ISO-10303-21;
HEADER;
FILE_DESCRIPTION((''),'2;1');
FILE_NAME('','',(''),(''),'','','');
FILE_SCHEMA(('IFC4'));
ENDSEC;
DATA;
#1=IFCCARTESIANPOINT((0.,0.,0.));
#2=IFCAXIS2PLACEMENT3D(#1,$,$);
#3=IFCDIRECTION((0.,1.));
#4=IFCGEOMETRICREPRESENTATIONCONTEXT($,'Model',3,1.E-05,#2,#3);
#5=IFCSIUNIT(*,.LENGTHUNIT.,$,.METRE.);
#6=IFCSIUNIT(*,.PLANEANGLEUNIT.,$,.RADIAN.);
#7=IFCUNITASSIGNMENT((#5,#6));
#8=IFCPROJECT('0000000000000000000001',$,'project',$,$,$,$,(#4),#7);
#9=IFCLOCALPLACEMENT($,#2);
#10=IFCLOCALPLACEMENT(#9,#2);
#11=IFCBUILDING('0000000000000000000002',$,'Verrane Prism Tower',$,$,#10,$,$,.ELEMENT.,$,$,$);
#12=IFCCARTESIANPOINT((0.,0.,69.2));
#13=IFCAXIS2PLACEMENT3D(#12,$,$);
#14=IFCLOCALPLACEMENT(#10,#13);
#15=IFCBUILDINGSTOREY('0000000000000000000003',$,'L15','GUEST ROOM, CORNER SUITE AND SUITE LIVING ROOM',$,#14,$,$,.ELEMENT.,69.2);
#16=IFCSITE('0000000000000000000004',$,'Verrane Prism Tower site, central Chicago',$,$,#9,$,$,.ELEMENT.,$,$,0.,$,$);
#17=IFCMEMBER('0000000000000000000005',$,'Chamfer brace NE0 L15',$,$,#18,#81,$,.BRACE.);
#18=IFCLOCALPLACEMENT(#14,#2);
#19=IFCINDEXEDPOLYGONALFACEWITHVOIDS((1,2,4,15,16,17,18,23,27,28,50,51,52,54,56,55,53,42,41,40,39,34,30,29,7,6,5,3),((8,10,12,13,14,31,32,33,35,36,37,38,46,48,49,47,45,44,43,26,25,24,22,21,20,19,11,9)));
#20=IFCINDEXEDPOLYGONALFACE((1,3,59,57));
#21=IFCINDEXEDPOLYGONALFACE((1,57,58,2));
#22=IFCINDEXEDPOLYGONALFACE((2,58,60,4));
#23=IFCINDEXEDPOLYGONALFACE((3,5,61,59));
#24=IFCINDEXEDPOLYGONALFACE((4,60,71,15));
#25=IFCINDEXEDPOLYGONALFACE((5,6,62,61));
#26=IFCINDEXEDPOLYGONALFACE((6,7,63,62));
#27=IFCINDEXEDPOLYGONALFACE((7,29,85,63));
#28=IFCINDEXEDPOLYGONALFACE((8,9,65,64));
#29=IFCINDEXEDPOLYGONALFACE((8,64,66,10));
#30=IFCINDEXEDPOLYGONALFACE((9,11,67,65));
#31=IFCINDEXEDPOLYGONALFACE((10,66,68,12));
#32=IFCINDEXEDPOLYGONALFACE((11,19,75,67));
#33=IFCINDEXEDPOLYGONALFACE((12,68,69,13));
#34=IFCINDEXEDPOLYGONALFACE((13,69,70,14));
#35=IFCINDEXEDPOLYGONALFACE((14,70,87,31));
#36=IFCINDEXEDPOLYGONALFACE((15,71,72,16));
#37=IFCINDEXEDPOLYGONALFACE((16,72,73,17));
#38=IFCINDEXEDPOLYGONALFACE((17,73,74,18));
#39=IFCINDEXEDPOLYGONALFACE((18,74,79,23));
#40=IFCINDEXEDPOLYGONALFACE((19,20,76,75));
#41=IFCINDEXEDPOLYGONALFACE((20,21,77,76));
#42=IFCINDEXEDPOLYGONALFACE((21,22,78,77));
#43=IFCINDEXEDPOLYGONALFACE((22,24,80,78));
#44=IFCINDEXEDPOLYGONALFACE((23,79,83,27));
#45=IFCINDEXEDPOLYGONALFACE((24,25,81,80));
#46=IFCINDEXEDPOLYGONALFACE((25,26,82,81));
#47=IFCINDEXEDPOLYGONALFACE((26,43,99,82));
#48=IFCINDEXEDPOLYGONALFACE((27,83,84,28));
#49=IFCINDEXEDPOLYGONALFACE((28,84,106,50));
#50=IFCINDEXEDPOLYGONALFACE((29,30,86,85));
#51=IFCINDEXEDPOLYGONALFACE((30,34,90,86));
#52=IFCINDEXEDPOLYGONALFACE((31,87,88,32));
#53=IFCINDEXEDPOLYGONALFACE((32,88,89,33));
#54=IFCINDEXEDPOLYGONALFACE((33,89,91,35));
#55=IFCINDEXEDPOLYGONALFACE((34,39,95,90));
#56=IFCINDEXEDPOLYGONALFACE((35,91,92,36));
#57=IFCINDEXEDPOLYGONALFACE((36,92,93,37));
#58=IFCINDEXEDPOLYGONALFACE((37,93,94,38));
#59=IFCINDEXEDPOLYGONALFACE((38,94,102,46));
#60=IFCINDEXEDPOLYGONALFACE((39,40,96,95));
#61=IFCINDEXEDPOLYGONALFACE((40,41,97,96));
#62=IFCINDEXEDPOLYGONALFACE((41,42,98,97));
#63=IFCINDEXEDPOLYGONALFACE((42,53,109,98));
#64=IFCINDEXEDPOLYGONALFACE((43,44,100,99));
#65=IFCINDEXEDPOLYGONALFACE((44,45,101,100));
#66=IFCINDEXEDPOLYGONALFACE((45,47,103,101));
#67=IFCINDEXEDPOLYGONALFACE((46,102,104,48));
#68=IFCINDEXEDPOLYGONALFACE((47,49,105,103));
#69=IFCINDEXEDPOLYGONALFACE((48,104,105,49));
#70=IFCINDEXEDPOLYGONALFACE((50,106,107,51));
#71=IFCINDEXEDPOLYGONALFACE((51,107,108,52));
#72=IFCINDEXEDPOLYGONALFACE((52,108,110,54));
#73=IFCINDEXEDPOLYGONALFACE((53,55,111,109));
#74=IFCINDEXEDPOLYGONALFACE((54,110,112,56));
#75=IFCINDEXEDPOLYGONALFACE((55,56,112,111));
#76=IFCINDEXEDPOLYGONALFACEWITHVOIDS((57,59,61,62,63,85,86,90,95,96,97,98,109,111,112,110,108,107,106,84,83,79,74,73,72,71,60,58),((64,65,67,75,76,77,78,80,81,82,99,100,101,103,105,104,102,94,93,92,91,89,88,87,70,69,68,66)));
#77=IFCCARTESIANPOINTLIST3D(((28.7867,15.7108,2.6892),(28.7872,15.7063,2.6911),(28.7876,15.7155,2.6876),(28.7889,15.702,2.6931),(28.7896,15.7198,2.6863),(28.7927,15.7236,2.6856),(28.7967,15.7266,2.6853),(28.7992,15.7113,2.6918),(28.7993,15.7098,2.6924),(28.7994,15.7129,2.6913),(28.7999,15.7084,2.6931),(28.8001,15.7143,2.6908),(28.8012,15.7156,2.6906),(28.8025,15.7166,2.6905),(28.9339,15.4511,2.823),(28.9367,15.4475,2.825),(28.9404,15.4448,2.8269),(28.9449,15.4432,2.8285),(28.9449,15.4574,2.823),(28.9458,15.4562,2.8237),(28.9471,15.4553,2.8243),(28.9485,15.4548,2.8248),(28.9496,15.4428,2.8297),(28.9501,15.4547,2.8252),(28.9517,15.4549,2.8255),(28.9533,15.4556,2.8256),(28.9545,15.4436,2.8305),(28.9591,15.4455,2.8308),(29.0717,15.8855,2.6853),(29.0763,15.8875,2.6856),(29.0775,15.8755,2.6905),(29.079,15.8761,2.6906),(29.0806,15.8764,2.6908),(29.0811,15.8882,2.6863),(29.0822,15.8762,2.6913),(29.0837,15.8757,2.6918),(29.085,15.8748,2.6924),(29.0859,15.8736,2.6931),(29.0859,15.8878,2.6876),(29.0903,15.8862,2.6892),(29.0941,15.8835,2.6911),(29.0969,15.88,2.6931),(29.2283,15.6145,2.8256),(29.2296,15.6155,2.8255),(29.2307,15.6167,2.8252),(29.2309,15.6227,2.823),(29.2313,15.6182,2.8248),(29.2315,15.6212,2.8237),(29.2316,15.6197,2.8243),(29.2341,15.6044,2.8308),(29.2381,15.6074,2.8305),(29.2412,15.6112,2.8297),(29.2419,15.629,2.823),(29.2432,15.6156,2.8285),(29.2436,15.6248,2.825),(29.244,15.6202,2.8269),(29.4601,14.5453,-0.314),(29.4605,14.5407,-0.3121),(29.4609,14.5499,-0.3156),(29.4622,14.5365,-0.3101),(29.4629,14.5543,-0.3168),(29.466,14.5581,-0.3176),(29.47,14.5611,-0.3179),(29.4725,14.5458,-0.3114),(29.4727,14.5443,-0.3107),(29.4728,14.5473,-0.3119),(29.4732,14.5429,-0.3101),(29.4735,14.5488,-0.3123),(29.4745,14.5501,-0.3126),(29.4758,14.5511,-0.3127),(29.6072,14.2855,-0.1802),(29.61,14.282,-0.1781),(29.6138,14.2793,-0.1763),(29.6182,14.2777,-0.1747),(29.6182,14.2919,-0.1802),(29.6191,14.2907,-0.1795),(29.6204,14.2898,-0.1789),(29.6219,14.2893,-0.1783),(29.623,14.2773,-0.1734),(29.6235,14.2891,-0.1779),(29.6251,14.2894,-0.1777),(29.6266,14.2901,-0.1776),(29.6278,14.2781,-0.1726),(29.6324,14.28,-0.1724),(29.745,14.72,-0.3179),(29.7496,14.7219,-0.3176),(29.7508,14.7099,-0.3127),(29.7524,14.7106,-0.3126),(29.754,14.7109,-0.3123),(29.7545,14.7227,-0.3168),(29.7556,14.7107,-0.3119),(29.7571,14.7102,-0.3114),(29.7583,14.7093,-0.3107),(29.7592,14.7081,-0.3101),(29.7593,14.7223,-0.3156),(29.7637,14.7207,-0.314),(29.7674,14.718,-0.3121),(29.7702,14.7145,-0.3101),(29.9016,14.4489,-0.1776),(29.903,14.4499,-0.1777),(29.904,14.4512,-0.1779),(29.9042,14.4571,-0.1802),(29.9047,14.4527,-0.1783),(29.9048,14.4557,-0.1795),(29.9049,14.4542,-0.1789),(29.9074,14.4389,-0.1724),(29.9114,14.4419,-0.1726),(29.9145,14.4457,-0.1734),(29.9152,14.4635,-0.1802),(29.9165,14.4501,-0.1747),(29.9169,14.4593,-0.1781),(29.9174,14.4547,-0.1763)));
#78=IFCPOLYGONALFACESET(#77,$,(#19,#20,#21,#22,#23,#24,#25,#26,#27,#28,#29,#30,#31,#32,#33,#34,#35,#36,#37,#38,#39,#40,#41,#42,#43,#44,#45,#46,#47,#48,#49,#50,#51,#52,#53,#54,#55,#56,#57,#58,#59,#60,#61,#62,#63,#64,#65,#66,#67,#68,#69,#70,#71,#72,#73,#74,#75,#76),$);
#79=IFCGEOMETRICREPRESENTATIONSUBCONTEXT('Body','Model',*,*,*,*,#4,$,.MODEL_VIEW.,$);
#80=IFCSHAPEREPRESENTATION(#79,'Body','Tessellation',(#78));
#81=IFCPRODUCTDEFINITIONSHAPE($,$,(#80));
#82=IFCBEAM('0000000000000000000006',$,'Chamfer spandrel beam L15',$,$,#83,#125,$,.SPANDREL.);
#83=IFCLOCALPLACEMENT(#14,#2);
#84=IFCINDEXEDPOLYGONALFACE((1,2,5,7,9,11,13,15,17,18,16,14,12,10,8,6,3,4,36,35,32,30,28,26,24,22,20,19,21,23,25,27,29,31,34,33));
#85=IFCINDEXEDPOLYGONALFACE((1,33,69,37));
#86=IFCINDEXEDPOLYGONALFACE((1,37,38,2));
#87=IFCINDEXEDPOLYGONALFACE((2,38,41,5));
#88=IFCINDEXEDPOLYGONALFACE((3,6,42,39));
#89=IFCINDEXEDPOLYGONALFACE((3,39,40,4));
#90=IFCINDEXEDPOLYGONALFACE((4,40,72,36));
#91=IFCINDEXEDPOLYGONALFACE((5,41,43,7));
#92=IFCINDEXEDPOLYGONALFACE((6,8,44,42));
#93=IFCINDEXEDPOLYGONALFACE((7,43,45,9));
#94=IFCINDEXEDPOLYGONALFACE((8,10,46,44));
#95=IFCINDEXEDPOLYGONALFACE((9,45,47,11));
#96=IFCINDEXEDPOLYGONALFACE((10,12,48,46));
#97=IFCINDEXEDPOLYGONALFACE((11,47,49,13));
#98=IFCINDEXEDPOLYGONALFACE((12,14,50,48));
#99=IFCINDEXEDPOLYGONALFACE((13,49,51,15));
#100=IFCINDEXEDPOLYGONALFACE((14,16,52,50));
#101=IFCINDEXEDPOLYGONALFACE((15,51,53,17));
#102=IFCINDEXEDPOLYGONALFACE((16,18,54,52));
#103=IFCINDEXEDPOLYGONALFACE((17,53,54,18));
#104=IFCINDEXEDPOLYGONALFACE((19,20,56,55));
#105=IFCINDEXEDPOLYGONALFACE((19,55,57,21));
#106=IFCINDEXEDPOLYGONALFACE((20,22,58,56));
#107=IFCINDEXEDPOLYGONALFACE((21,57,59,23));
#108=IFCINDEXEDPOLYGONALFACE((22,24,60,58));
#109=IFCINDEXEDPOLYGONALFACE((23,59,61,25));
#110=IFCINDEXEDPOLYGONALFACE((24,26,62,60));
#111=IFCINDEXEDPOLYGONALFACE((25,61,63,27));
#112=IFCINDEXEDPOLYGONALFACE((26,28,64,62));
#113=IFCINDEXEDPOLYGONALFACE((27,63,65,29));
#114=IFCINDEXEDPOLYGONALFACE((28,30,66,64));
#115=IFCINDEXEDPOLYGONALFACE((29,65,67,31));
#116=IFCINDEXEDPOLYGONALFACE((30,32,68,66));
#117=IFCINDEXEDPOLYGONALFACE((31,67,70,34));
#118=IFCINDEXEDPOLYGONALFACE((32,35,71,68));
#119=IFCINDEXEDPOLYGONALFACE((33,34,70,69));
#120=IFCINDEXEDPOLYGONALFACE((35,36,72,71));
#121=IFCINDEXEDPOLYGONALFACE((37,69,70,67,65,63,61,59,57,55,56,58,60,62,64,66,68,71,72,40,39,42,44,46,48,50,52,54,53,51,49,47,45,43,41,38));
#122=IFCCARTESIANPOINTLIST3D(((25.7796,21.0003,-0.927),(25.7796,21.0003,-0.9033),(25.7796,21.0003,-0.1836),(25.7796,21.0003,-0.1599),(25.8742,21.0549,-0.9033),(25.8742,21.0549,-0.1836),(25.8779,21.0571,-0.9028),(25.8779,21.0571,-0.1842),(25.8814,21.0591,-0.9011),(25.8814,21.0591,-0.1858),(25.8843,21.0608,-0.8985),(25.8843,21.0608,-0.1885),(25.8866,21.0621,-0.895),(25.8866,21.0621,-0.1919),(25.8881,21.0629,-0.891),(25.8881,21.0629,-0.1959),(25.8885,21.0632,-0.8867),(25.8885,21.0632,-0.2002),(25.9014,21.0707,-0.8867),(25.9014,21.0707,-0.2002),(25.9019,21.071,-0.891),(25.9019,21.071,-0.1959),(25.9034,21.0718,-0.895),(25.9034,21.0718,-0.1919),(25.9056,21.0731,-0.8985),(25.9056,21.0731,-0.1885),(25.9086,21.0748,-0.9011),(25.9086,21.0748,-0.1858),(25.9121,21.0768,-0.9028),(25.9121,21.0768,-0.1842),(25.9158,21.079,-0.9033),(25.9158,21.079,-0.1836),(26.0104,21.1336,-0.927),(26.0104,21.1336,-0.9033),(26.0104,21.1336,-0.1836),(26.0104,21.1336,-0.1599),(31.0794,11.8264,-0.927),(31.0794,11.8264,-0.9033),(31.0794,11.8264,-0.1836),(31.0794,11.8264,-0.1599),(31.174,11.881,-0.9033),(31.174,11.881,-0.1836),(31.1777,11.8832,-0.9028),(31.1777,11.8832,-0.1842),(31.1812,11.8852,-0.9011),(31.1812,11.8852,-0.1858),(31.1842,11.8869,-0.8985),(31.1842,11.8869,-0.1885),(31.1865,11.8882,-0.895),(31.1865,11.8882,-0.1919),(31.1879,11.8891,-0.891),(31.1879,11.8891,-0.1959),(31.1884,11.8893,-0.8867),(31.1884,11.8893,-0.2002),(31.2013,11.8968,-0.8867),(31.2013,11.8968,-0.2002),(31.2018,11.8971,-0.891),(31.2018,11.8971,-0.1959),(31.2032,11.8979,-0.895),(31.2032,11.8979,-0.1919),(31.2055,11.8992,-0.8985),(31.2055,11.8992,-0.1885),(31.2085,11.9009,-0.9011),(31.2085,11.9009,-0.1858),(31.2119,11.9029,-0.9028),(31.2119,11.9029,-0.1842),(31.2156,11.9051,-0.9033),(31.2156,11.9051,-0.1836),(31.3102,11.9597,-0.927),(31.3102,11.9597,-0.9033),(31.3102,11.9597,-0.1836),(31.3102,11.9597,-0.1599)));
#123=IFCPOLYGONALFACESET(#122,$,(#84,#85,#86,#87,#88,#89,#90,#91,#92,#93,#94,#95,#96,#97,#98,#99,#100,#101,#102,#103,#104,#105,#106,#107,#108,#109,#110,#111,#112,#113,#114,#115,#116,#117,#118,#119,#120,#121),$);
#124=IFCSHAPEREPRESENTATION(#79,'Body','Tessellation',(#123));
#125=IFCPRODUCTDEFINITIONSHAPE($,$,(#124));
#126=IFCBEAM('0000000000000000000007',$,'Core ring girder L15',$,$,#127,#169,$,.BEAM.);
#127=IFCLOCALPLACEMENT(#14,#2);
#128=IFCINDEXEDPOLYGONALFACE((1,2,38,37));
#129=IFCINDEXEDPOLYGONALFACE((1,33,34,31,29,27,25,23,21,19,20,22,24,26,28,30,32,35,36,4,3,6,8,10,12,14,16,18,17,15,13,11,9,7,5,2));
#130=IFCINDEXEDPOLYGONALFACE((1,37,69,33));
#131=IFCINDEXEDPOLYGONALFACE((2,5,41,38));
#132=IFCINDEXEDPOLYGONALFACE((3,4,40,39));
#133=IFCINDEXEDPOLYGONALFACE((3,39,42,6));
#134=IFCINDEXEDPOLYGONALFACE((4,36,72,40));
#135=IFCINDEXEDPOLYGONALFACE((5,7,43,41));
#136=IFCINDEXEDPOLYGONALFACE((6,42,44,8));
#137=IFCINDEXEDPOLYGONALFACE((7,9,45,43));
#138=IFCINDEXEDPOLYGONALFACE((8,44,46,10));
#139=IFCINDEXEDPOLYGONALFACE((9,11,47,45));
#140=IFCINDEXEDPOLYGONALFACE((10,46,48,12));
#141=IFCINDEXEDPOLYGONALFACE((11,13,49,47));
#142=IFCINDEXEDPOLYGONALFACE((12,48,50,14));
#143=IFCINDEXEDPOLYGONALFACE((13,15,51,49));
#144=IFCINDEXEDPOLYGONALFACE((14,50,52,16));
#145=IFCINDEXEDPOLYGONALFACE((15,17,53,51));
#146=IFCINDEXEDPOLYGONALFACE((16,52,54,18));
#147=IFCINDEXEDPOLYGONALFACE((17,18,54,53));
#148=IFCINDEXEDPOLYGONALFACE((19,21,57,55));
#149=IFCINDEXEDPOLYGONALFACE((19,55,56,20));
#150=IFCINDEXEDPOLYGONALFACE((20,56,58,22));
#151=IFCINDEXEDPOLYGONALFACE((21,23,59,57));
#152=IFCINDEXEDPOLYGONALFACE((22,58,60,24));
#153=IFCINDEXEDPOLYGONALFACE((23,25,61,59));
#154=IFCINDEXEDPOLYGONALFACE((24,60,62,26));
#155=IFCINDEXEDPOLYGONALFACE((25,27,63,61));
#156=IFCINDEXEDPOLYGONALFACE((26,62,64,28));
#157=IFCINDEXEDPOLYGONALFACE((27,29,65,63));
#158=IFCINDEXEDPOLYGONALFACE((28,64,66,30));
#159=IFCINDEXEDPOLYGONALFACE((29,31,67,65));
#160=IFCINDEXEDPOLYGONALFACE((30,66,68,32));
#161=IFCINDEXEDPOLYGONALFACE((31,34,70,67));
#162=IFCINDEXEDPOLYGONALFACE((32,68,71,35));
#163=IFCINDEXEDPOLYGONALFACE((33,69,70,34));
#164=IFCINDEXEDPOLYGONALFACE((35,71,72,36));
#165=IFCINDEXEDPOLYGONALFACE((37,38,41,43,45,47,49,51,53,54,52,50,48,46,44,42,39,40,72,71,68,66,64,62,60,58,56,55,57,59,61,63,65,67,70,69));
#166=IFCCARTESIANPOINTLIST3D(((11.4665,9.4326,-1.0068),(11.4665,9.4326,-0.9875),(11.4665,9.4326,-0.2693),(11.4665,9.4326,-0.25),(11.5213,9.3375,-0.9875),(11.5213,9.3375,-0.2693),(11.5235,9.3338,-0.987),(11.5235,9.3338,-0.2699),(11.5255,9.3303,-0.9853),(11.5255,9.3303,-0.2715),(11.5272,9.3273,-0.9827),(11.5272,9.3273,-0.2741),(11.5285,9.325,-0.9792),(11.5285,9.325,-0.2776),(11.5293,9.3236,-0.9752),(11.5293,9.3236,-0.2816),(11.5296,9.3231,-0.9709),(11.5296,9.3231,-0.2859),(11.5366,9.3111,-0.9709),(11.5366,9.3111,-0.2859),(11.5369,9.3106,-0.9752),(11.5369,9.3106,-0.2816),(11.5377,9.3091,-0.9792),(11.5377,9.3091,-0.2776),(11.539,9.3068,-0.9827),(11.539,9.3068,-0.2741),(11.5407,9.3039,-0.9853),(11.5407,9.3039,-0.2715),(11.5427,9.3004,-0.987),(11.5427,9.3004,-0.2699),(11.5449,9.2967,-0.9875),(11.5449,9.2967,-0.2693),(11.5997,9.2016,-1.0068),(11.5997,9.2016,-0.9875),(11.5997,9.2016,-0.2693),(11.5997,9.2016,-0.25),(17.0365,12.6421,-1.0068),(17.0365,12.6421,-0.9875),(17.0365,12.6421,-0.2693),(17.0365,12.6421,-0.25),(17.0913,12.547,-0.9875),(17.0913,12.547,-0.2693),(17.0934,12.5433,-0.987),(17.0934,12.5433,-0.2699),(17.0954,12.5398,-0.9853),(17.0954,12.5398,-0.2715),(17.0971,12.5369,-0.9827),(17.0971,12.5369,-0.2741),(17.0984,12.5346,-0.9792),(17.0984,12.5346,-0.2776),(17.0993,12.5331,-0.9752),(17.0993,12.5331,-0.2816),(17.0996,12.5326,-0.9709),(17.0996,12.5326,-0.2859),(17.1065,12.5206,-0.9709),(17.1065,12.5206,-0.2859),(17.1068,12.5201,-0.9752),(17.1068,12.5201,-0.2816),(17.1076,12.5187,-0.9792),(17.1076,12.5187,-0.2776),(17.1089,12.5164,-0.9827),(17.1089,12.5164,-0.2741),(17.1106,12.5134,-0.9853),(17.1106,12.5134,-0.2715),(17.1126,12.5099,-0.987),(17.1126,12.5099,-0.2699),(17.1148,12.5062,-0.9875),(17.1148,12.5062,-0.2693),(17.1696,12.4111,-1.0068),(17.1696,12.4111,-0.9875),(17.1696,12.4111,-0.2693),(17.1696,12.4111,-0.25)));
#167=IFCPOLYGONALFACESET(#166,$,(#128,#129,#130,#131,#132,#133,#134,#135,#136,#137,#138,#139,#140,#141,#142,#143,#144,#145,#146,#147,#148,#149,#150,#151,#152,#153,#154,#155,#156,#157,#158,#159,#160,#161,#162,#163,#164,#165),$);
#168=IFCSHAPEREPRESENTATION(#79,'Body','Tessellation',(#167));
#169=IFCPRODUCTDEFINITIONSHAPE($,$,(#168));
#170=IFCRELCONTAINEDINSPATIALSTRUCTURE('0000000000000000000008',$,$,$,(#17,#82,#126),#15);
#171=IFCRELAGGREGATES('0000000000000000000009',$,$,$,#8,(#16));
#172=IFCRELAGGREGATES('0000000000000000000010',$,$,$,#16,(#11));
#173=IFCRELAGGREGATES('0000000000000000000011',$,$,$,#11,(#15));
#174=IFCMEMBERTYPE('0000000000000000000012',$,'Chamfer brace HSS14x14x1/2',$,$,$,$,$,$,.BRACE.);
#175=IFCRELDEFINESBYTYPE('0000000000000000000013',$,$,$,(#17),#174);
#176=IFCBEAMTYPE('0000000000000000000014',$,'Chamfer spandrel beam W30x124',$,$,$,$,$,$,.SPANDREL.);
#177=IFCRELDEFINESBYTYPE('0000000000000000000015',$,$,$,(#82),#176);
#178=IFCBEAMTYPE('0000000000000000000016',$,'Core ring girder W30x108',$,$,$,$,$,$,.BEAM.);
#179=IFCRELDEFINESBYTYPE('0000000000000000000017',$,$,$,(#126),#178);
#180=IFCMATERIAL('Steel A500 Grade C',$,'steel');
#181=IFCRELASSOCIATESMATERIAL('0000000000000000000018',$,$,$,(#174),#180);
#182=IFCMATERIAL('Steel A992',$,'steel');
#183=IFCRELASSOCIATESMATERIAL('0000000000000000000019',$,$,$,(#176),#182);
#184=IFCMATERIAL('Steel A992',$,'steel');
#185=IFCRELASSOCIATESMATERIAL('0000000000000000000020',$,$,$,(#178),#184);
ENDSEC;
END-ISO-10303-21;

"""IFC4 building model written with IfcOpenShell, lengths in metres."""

from ifc_helpers import new_model, si_unit, direction, frame, origin, origin_2d, place, context, subcontext, project, spatial, hollow_rectangle, i_section, extrude, material, material_profile, profile_set, type_object, element, save


model = new_model("IFC4")

# Units and contexts
model_context = context("Model", 3, precision=1e-05, world=origin(), true_north=direction((0.0, 1.0)))
body_context = subcontext(model_context, "Body", "Model", "MODEL_VIEW")
ifc_project = project(units=[si_unit("LENGTHUNIT", "METRE"), si_unit("PLANEANGLEUNIT", "RADIAN")], contexts=[model_context])

# Site, building, storey
site_placement = place(None, origin())
site = spatial("IfcSite", under=ifc_project, at=site_placement, Name="Verrane Prism Tower site, central Chicago", CompositionType="ELEMENT", RefElevation=0.0)
building_placement = place(site_placement, origin())
building = spatial("IfcBuilding", under=site, at=building_placement, Name="Verrane Prism Tower", CompositionType="ELEMENT")
storey_placement = place(building_placement, frame((0.0, 0.0, 69.2)))
storey = spatial("IfcBuildingStorey", under=building, at=storey_placement, Name="L15", Description="GUEST ROOM, CORNER SUITE AND SUITE LIVING ROOM", CompositionType="ELEMENT", Elevation=69.2)

# Member
ifc_material_1 = material(Name="Steel A500 Grade C", Category="steel")
ifc_material_profile_1 = material_profile(ifc_material_1, hollow_rectangle(XDim=0.3557, YDim=0.3557, WallThickness=0.0127, InnerFilletRadius=0.0063, OuterFilletRadius=0.019, at=origin_2d()), Name="HSS14x14x1/2")
ifc_profile_set_1 = profile_set([ifc_material_profile_1], Name="Steel A500 Grade C")
member_type_1 = type_object("IfcMemberType", Name="Chamfer brace HSS14x14x1/2", PredefinedType="BRACE", material=ifc_profile_set_1)
member_1_placement = place(storey_placement, frame((29.6887, 14.5, -0.2451), z_axis=(-0.204598, 0.354153, 0.912532), x_axis=(-0.86589, -0.500235, 0.0)))
element("IfcMember", 1, at=member_1_placement, inside=storey, type_object=member_type_1, Name="Chamfer brace NE0 L15", PredefinedType="BRACE", context=body_context, shape_type="SweptSolid", body=[
    extrude(hollow_rectangle(XDim=0.3557, YDim=0.3557, WallThickness=0.0127, InnerFilletRadius=0.0063, OuterFilletRadius=0.019, at=origin_2d()), origin(), (0.0, 0.0, 1.0), 3.291),
])

# Beams
ifc_material_2 = material(Name="Steel A992", Category="steel")
ifc_material_profile_2 = material_profile(ifc_material_2, i_section(OverallWidth=0.2666, OverallDepth=0.7671, WebThickness=0.0149, FlangeThickness=0.0237, FilletRadius=0.0166, at=origin_2d()), Name="W30x124")
ifc_profile_set_2 = profile_set([ifc_material_profile_2], Name="Steel A992")
beam_type_1 = type_object("IfcBeamType", Name="Chamfer spandrel beam W30x124", PredefinedType="SPANDREL", material=ifc_profile_set_2)
beam_1_placement = place(storey_placement, frame((31.1948, 11.8931, -0.5435), z_axis=(-0.500233, 0.865891, 0.0), x_axis=(-0.865891, -0.500233, 0.0)))
element("IfcBeam", 2, at=beam_1_placement, inside=storey, type_object=beam_type_1, Name="Chamfer spandrel beam L15", PredefinedType="SPANDREL", context=body_context, shape_type="SweptSolid", body=[
    extrude(i_section(OverallWidth=0.2666, OverallDepth=0.7671, WebThickness=0.0149, FlangeThickness=0.0237, FilletRadius=0.0166, at=origin_2d()), origin(), (0.0, 0.0, 1.0), 10.5947),
])
ifc_material_3 = material(Name="Steel A992", Category="steel")
ifc_material_profile_3 = material_profile(ifc_material_3, i_section(OverallWidth=0.2666, OverallDepth=0.7568, WebThickness=0.0139, FlangeThickness=0.0193, FilletRadius=0.0166, at=origin_2d()), Name="W30x108")
ifc_profile_set_3 = profile_set([ifc_material_profile_3], Name="Steel A992")
beam_type_2 = type_object("IfcBeamType", Name="Core ring girder W30x108", PredefinedType="BEAM", material=ifc_profile_set_3)
beam_2_placement = place(storey_placement, frame((17.103, 12.5266, -0.6284), z_axis=(-0.866447, -0.499269, 0.0), x_axis=(0.499269, -0.866447, 0.0)))
element("IfcBeam", 3, at=beam_2_placement, inside=storey, type_object=beam_type_2, Name="Core ring girder L15", PredefinedType="BEAM", context=body_context, shape_type="SweptSolid", body=[
    extrude(i_section(OverallWidth=0.2666, OverallDepth=0.7568, WebThickness=0.0139, FlangeThickness=0.0193, FilletRadius=0.0166, at=origin_2d()), origin(), (0.0, 0.0, 1.0), 6.4285),
])

save(model, "model.ifc")
